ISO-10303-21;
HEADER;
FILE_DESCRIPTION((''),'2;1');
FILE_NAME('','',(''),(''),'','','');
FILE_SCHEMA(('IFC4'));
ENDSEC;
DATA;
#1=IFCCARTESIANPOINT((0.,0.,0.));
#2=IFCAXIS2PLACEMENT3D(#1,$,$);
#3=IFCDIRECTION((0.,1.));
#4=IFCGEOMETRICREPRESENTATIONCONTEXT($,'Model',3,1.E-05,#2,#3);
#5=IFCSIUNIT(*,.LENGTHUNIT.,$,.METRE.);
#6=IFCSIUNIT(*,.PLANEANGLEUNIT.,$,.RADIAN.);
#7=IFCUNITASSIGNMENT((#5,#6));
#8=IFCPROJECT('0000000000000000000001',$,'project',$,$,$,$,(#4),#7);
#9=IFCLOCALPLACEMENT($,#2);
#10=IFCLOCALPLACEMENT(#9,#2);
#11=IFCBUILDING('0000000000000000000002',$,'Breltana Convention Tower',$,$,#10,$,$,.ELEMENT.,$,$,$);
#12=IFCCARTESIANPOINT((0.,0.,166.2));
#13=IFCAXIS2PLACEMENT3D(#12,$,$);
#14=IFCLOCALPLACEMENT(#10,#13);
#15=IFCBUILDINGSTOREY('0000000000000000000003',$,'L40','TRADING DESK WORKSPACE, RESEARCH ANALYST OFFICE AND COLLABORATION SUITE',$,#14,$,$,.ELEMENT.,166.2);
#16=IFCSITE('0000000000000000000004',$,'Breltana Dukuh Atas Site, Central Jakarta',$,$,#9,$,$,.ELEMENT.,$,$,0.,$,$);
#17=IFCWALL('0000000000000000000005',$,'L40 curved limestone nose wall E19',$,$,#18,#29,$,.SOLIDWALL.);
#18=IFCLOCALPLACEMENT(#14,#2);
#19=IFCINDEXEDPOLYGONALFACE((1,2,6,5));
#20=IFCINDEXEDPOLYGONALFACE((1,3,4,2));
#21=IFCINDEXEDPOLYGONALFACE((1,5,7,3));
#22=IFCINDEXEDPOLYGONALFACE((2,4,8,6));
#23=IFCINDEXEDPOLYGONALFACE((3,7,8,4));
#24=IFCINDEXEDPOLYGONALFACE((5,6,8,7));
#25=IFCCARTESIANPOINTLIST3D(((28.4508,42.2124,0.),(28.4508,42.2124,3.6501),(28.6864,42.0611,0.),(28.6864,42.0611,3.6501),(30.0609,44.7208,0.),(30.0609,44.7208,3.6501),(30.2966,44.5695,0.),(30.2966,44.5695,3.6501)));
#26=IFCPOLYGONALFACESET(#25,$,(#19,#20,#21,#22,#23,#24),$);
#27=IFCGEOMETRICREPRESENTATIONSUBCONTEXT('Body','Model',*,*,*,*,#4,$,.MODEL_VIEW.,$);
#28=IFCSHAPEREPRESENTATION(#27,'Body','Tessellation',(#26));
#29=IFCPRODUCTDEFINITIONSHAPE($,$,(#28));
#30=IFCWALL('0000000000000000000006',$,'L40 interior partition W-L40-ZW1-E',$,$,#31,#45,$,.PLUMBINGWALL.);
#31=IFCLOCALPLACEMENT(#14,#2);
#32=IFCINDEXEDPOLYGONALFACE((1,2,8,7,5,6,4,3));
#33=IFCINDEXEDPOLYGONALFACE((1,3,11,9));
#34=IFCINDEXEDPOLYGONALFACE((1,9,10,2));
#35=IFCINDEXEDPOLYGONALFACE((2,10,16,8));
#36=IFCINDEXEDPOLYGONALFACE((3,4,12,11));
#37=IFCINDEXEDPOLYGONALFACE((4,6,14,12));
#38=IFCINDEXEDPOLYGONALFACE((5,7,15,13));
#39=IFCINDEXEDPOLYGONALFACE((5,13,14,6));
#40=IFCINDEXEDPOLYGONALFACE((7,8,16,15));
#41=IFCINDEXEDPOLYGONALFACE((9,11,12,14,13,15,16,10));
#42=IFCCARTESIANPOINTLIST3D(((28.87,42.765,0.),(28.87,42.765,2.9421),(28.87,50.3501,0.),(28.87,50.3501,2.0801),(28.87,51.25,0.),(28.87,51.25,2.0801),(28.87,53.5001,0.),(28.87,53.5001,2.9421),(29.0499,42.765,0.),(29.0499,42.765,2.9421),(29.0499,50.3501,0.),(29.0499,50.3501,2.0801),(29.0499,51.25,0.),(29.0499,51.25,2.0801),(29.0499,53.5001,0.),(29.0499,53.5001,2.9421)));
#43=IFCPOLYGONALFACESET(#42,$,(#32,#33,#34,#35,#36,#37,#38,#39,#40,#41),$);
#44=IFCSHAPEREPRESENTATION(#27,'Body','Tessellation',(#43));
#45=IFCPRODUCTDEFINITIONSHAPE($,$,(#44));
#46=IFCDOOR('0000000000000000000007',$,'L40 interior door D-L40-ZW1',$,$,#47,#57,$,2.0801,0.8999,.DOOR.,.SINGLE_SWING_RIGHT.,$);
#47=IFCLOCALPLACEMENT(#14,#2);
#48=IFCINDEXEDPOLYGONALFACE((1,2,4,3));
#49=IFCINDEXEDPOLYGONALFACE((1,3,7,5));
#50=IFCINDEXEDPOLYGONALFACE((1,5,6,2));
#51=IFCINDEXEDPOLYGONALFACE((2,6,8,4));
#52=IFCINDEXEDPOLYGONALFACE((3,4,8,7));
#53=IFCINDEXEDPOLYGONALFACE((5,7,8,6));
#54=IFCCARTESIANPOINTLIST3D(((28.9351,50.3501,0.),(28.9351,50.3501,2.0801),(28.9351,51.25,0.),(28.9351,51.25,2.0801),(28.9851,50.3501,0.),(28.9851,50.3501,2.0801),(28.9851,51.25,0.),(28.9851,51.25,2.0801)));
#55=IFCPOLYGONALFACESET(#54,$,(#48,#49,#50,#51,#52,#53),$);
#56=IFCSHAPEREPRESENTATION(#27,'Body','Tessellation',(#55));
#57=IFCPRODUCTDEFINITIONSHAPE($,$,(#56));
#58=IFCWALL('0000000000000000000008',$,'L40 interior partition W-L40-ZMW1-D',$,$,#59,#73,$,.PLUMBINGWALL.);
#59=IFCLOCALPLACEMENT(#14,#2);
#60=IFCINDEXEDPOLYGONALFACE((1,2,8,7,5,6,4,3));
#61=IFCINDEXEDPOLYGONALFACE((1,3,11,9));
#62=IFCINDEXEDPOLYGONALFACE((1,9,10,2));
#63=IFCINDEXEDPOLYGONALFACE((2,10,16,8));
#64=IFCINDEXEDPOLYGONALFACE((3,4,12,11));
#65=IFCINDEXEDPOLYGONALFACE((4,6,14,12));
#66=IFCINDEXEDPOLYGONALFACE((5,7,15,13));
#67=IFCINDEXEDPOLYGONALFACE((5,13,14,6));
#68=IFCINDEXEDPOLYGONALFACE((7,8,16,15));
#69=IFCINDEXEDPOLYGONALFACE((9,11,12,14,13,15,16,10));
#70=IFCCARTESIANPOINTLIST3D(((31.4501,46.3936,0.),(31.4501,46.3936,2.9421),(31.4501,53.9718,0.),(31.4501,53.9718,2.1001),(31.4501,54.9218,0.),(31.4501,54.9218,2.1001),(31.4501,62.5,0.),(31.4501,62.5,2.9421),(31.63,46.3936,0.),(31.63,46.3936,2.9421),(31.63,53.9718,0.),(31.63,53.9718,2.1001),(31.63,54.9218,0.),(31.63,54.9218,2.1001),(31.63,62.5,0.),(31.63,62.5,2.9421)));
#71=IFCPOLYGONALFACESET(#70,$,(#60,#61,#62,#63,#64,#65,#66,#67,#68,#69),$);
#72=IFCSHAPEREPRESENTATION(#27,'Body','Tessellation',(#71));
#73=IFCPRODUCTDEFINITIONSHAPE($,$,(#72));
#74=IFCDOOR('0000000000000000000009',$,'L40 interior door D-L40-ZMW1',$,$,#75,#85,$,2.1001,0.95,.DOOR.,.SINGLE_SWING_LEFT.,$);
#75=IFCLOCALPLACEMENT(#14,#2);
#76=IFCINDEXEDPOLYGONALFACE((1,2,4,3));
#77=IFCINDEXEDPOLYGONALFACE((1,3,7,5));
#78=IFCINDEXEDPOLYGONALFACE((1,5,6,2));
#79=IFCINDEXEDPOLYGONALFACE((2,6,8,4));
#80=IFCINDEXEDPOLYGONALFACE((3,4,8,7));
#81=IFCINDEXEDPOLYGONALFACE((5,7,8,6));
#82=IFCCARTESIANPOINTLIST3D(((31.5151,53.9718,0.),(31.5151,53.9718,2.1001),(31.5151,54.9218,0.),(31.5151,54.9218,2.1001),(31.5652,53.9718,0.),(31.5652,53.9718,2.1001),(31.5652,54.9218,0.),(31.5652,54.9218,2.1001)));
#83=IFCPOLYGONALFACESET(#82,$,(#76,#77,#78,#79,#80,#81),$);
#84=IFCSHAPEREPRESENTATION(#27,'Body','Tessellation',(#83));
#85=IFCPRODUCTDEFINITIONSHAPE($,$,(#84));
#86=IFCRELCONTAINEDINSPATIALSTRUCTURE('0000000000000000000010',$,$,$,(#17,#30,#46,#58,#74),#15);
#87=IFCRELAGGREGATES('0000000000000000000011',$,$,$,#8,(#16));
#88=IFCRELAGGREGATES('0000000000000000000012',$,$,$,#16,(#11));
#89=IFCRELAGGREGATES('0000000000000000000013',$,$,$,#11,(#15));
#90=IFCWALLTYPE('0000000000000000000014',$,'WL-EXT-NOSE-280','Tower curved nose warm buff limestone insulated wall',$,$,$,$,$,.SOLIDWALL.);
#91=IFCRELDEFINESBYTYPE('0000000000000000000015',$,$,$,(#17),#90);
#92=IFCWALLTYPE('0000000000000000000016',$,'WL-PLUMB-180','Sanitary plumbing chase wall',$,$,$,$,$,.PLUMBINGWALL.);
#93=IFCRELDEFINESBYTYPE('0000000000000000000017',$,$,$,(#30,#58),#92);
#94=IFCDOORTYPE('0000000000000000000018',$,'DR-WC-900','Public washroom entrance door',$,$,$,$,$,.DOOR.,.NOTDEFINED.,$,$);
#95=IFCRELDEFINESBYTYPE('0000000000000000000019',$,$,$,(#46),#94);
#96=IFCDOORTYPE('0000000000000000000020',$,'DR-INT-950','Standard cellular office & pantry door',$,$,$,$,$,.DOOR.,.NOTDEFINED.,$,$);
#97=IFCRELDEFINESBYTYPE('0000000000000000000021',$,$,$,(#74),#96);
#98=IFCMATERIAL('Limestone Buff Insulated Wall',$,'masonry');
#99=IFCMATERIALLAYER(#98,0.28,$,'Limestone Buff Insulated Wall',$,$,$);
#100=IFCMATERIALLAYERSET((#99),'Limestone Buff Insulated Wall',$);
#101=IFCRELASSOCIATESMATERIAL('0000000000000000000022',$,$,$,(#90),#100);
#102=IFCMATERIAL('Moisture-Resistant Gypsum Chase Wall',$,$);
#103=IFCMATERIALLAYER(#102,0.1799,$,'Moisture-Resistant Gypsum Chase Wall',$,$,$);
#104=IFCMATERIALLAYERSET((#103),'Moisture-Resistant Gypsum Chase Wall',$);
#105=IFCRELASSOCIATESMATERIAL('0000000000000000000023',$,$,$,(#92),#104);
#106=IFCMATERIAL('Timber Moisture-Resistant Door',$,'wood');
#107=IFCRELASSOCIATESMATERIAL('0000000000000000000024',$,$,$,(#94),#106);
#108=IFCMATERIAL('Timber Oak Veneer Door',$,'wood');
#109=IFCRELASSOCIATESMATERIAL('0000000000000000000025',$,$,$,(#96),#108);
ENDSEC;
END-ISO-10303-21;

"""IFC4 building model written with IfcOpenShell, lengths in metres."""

from ifc_helpers import new_model, si_unit, direction, frame, frame_2d, origin, place, context, subcontext, project, spatial, rectangle, extrude, source, transform, mapped, material, layer, layer_set, type_object, type_shapes, element, fill, save


model = new_model("IFC4")

# Units and contexts
model_context = context("Model", 3, precision=1e-05, world=origin(), true_north=direction((0.0, 1.0)))
body_context = subcontext(model_context, "Body", "Model", "MODEL_VIEW")
ifc_project = project(units=[si_unit("LENGTHUNIT", "METRE"), si_unit("PLANEANGLEUNIT", "RADIAN")], contexts=[model_context])

# Site, building, storey
site_placement = place(None, origin())
site = spatial("IfcSite", under=ifc_project, at=site_placement, Name="Breltana Dukuh Atas Site, Central Jakarta", CompositionType="ELEMENT", RefElevation=0.0)
building_placement = place(site_placement, origin())
building = spatial("IfcBuilding", under=site, at=building_placement, Name="Breltana Convention Tower", CompositionType="ELEMENT")
storey_placement = place(building_placement, frame((0.0, 0.0, 166.2)))
storey = spatial("IfcBuildingStorey", under=building, at=storey_placement, Name="L40", Description="TRADING DESK WORKSPACE, RESEARCH ANALYST OFFICE AND COLLABORATION SUITE", CompositionType="ELEMENT", Elevation=166.2)

# Shared definitions
ifc_material_1 = material(Name="Limestone Buff Insulated Wall", Category="masonry")
ifc_layer_1 = layer(ifc_material_1, 0.28, Name="Limestone Buff Insulated Wall")
ifc_layer_set_1 = layer_set([ifc_layer_1], Name="Limestone Buff Insulated Wall")
wall_type_1 = type_object("IfcWallType", Name="WL-EXT-NOSE-280", Description="Tower curved nose warm buff limestone insulated wall", PredefinedType="SOLIDWALL", material=ifc_layer_set_1)

# Wall
shared_shape_1 = source(origin(), body_context, "Body", "SweptSolid", [
    extrude(rectangle(XDim=2.9807, YDim=0.28, at=frame_2d((1.4902, 0.0))), origin(), (0.0, 0.0, 1.0), 3.6501),
])
wall_1_placement = place(storey_placement, frame((30.1787, 44.645, 0.0), z_axis=(0.0, 0.0, 1.0), x_axis=(-0.540194, -0.84154, 0.0)))
element("IfcWall", 1, at=wall_1_placement, inside=storey, type_object=wall_type_1, Name="L40 curved limestone nose wall E19", PredefinedType="SOLIDWALL", context=body_context, shape_type="MappedRepresentation", body=[
    mapped(shared_shape_1, transform((0.0, 0.0, 0.0), scale=1.0)),
])

# Walls, openings, doors
ifc_material_2 = material(Name="Moisture-Resistant Gypsum Chase Wall")
ifc_layer_2 = layer(ifc_material_2, 0.1799, Name="Moisture-Resistant Gypsum Chase Wall")
ifc_layer_set_2 = layer_set([ifc_layer_2], Name="Moisture-Resistant Gypsum Chase Wall")
wall_type_2 = type_object("IfcWallType", Name="WL-PLUMB-180", Description="Sanitary plumbing chase wall", PredefinedType="PLUMBINGWALL", material=ifc_layer_set_2)
shared_shape_2 = source(origin(), body_context, "Body", "SweptSolid", [
    extrude(rectangle(XDim=10.7351, YDim=0.1799, at=frame_2d((5.3677, 0.0))), origin(), (0.0, 0.0, 1.0), 2.9421),
])
wall_2_placement = place(storey_placement, frame((28.96, 42.7649, 0.0), z_axis=(0.0, 0.0, 1.0), x_axis=(0.0, 1.0, 0.0)))
wall_2 = element("IfcWall", 2, at=wall_2_placement, inside=storey, type_object=wall_type_2, Name="L40 interior partition W-L40-ZW1-E", PredefinedType="PLUMBINGWALL", context=body_context, shape_type="MappedRepresentation", body=[
    mapped(shared_shape_2, transform((0.0, 0.0, 0.0), scale=1.0)),
])
opening_1_placement = place(wall_2_placement, frame((7.5852, 0.0, 0.0)))
opening_1 = element("IfcOpeningElement", 3, at=opening_1_placement, cuts=wall_2, PredefinedType="OPENING", context=body_context, shape_type="SweptSolid", body=[
    extrude(rectangle(XDim=0.8999, YDim=2.0801, at=frame_2d((0.45, 1.04))), frame((0.0, 0.1001, 0.0), z_axis=(0.0, -1.0, 0.0), x_axis=(1.0, 0.0, 0.0)), (0.0, 0.0, 1.0), 0.2),
])
ifc_material_3 = material(Name="Timber Moisture-Resistant Door", Category="wood")
door_type_1 = type_object("IfcDoorType", Name="DR-WC-900", Description="Public washroom entrance door", OperationType="NOTDEFINED", PredefinedType="DOOR", material=ifc_material_3)
shared_shape_3 = source(origin(), body_context, "Body", "SweptSolid", [
    extrude(rectangle(XDim=0.8999, YDim=2.0801, at=frame_2d((0.45, 1.04))), frame((0.0, 0.0249, 0.0), z_axis=(0.0, -1.0, 0.0), x_axis=(1.0, 0.0, 0.0)), (0.0, 0.0, 1.0), 0.05),
])
type_shapes(door_type_1, [shared_shape_3])
door_1_placement = place(opening_1_placement, origin())
door_1 = element("IfcDoor", 4, at=door_1_placement, inside=storey, type_object=door_type_1, Name="L40 interior door D-L40-ZW1", OperationType="SINGLE_SWING_RIGHT", OverallHeight=2.0801, OverallWidth=0.8999, PredefinedType="DOOR", context=body_context, shape_type="MappedRepresentation", body=[
    mapped(shared_shape_3, transform((0.0, 0.0, 0.0), scale=1.0)),
])
fill(opening_1, door_1)
shared_shape_4 = source(origin(), body_context, "Body", "SweptSolid", [
    extrude(rectangle(XDim=16.1064, YDim=0.1799, at=frame_2d((8.0532, 0.0))), origin(), (0.0, 0.0, 1.0), 2.9421),
])
wall_3_placement = place(storey_placement, frame((31.54, 46.3936, 0.0), z_axis=(0.0, 0.0, 1.0), x_axis=(0.0, 1.0, 0.0)))
wall_3 = element("IfcWall", 5, at=wall_3_placement, inside=storey, type_object=wall_type_2, Name="L40 interior partition W-L40-ZMW1-D", PredefinedType="PLUMBINGWALL", context=body_context, shape_type="MappedRepresentation", body=[
    mapped(shared_shape_4, transform((0.0, 0.0, 0.0), scale=1.0)),
])
opening_2_placement = place(wall_3_placement, frame((7.5781, 0.0, 0.0)))
opening_2 = element("IfcOpeningElement", 6, at=opening_2_placement, cuts=wall_3, PredefinedType="OPENING", context=body_context, shape_type="SweptSolid", body=[
    extrude(rectangle(XDim=0.95, YDim=2.1001, at=frame_2d((0.4751, 1.05))), frame((0.0, 0.1001, 0.0), z_axis=(0.0, -1.0, 0.0), x_axis=(1.0, 0.0, 0.0)), (0.0, 0.0, 1.0), 0.2),
])
ifc_material_4 = material(Name="Timber Oak Veneer Door", Category="wood")
door_type_2 = type_object("IfcDoorType", Name="DR-INT-950", Description="Standard cellular office & pantry door", OperationType="NOTDEFINED", PredefinedType="DOOR", material=ifc_material_4)
shared_shape_5 = source(origin(), body_context, "Body", "SweptSolid", [
    extrude(rectangle(XDim=0.95, YDim=2.1001, at=frame_2d((0.4751, 1.05))), frame((0.0, 0.0249, 0.0), z_axis=(0.0, -1.0, 0.0), x_axis=(1.0, 0.0, 0.0)), (0.0, 0.0, 1.0), 0.05),
])
type_shapes(door_type_2, [shared_shape_5])
door_2_placement = place(opening_2_placement, origin())
door_2 = element("IfcDoor", 7, at=door_2_placement, inside=storey, type_object=door_type_2, Name="L40 interior door D-L40-ZMW1", OperationType="SINGLE_SWING_LEFT", OverallHeight=2.1001, OverallWidth=0.95, PredefinedType="DOOR", context=body_context, shape_type="MappedRepresentation", body=[
    mapped(shared_shape_5, transform((0.0, 0.0, 0.0), scale=1.0)),
])
fill(opening_2, door_2)

save(model, "model.ifc")
